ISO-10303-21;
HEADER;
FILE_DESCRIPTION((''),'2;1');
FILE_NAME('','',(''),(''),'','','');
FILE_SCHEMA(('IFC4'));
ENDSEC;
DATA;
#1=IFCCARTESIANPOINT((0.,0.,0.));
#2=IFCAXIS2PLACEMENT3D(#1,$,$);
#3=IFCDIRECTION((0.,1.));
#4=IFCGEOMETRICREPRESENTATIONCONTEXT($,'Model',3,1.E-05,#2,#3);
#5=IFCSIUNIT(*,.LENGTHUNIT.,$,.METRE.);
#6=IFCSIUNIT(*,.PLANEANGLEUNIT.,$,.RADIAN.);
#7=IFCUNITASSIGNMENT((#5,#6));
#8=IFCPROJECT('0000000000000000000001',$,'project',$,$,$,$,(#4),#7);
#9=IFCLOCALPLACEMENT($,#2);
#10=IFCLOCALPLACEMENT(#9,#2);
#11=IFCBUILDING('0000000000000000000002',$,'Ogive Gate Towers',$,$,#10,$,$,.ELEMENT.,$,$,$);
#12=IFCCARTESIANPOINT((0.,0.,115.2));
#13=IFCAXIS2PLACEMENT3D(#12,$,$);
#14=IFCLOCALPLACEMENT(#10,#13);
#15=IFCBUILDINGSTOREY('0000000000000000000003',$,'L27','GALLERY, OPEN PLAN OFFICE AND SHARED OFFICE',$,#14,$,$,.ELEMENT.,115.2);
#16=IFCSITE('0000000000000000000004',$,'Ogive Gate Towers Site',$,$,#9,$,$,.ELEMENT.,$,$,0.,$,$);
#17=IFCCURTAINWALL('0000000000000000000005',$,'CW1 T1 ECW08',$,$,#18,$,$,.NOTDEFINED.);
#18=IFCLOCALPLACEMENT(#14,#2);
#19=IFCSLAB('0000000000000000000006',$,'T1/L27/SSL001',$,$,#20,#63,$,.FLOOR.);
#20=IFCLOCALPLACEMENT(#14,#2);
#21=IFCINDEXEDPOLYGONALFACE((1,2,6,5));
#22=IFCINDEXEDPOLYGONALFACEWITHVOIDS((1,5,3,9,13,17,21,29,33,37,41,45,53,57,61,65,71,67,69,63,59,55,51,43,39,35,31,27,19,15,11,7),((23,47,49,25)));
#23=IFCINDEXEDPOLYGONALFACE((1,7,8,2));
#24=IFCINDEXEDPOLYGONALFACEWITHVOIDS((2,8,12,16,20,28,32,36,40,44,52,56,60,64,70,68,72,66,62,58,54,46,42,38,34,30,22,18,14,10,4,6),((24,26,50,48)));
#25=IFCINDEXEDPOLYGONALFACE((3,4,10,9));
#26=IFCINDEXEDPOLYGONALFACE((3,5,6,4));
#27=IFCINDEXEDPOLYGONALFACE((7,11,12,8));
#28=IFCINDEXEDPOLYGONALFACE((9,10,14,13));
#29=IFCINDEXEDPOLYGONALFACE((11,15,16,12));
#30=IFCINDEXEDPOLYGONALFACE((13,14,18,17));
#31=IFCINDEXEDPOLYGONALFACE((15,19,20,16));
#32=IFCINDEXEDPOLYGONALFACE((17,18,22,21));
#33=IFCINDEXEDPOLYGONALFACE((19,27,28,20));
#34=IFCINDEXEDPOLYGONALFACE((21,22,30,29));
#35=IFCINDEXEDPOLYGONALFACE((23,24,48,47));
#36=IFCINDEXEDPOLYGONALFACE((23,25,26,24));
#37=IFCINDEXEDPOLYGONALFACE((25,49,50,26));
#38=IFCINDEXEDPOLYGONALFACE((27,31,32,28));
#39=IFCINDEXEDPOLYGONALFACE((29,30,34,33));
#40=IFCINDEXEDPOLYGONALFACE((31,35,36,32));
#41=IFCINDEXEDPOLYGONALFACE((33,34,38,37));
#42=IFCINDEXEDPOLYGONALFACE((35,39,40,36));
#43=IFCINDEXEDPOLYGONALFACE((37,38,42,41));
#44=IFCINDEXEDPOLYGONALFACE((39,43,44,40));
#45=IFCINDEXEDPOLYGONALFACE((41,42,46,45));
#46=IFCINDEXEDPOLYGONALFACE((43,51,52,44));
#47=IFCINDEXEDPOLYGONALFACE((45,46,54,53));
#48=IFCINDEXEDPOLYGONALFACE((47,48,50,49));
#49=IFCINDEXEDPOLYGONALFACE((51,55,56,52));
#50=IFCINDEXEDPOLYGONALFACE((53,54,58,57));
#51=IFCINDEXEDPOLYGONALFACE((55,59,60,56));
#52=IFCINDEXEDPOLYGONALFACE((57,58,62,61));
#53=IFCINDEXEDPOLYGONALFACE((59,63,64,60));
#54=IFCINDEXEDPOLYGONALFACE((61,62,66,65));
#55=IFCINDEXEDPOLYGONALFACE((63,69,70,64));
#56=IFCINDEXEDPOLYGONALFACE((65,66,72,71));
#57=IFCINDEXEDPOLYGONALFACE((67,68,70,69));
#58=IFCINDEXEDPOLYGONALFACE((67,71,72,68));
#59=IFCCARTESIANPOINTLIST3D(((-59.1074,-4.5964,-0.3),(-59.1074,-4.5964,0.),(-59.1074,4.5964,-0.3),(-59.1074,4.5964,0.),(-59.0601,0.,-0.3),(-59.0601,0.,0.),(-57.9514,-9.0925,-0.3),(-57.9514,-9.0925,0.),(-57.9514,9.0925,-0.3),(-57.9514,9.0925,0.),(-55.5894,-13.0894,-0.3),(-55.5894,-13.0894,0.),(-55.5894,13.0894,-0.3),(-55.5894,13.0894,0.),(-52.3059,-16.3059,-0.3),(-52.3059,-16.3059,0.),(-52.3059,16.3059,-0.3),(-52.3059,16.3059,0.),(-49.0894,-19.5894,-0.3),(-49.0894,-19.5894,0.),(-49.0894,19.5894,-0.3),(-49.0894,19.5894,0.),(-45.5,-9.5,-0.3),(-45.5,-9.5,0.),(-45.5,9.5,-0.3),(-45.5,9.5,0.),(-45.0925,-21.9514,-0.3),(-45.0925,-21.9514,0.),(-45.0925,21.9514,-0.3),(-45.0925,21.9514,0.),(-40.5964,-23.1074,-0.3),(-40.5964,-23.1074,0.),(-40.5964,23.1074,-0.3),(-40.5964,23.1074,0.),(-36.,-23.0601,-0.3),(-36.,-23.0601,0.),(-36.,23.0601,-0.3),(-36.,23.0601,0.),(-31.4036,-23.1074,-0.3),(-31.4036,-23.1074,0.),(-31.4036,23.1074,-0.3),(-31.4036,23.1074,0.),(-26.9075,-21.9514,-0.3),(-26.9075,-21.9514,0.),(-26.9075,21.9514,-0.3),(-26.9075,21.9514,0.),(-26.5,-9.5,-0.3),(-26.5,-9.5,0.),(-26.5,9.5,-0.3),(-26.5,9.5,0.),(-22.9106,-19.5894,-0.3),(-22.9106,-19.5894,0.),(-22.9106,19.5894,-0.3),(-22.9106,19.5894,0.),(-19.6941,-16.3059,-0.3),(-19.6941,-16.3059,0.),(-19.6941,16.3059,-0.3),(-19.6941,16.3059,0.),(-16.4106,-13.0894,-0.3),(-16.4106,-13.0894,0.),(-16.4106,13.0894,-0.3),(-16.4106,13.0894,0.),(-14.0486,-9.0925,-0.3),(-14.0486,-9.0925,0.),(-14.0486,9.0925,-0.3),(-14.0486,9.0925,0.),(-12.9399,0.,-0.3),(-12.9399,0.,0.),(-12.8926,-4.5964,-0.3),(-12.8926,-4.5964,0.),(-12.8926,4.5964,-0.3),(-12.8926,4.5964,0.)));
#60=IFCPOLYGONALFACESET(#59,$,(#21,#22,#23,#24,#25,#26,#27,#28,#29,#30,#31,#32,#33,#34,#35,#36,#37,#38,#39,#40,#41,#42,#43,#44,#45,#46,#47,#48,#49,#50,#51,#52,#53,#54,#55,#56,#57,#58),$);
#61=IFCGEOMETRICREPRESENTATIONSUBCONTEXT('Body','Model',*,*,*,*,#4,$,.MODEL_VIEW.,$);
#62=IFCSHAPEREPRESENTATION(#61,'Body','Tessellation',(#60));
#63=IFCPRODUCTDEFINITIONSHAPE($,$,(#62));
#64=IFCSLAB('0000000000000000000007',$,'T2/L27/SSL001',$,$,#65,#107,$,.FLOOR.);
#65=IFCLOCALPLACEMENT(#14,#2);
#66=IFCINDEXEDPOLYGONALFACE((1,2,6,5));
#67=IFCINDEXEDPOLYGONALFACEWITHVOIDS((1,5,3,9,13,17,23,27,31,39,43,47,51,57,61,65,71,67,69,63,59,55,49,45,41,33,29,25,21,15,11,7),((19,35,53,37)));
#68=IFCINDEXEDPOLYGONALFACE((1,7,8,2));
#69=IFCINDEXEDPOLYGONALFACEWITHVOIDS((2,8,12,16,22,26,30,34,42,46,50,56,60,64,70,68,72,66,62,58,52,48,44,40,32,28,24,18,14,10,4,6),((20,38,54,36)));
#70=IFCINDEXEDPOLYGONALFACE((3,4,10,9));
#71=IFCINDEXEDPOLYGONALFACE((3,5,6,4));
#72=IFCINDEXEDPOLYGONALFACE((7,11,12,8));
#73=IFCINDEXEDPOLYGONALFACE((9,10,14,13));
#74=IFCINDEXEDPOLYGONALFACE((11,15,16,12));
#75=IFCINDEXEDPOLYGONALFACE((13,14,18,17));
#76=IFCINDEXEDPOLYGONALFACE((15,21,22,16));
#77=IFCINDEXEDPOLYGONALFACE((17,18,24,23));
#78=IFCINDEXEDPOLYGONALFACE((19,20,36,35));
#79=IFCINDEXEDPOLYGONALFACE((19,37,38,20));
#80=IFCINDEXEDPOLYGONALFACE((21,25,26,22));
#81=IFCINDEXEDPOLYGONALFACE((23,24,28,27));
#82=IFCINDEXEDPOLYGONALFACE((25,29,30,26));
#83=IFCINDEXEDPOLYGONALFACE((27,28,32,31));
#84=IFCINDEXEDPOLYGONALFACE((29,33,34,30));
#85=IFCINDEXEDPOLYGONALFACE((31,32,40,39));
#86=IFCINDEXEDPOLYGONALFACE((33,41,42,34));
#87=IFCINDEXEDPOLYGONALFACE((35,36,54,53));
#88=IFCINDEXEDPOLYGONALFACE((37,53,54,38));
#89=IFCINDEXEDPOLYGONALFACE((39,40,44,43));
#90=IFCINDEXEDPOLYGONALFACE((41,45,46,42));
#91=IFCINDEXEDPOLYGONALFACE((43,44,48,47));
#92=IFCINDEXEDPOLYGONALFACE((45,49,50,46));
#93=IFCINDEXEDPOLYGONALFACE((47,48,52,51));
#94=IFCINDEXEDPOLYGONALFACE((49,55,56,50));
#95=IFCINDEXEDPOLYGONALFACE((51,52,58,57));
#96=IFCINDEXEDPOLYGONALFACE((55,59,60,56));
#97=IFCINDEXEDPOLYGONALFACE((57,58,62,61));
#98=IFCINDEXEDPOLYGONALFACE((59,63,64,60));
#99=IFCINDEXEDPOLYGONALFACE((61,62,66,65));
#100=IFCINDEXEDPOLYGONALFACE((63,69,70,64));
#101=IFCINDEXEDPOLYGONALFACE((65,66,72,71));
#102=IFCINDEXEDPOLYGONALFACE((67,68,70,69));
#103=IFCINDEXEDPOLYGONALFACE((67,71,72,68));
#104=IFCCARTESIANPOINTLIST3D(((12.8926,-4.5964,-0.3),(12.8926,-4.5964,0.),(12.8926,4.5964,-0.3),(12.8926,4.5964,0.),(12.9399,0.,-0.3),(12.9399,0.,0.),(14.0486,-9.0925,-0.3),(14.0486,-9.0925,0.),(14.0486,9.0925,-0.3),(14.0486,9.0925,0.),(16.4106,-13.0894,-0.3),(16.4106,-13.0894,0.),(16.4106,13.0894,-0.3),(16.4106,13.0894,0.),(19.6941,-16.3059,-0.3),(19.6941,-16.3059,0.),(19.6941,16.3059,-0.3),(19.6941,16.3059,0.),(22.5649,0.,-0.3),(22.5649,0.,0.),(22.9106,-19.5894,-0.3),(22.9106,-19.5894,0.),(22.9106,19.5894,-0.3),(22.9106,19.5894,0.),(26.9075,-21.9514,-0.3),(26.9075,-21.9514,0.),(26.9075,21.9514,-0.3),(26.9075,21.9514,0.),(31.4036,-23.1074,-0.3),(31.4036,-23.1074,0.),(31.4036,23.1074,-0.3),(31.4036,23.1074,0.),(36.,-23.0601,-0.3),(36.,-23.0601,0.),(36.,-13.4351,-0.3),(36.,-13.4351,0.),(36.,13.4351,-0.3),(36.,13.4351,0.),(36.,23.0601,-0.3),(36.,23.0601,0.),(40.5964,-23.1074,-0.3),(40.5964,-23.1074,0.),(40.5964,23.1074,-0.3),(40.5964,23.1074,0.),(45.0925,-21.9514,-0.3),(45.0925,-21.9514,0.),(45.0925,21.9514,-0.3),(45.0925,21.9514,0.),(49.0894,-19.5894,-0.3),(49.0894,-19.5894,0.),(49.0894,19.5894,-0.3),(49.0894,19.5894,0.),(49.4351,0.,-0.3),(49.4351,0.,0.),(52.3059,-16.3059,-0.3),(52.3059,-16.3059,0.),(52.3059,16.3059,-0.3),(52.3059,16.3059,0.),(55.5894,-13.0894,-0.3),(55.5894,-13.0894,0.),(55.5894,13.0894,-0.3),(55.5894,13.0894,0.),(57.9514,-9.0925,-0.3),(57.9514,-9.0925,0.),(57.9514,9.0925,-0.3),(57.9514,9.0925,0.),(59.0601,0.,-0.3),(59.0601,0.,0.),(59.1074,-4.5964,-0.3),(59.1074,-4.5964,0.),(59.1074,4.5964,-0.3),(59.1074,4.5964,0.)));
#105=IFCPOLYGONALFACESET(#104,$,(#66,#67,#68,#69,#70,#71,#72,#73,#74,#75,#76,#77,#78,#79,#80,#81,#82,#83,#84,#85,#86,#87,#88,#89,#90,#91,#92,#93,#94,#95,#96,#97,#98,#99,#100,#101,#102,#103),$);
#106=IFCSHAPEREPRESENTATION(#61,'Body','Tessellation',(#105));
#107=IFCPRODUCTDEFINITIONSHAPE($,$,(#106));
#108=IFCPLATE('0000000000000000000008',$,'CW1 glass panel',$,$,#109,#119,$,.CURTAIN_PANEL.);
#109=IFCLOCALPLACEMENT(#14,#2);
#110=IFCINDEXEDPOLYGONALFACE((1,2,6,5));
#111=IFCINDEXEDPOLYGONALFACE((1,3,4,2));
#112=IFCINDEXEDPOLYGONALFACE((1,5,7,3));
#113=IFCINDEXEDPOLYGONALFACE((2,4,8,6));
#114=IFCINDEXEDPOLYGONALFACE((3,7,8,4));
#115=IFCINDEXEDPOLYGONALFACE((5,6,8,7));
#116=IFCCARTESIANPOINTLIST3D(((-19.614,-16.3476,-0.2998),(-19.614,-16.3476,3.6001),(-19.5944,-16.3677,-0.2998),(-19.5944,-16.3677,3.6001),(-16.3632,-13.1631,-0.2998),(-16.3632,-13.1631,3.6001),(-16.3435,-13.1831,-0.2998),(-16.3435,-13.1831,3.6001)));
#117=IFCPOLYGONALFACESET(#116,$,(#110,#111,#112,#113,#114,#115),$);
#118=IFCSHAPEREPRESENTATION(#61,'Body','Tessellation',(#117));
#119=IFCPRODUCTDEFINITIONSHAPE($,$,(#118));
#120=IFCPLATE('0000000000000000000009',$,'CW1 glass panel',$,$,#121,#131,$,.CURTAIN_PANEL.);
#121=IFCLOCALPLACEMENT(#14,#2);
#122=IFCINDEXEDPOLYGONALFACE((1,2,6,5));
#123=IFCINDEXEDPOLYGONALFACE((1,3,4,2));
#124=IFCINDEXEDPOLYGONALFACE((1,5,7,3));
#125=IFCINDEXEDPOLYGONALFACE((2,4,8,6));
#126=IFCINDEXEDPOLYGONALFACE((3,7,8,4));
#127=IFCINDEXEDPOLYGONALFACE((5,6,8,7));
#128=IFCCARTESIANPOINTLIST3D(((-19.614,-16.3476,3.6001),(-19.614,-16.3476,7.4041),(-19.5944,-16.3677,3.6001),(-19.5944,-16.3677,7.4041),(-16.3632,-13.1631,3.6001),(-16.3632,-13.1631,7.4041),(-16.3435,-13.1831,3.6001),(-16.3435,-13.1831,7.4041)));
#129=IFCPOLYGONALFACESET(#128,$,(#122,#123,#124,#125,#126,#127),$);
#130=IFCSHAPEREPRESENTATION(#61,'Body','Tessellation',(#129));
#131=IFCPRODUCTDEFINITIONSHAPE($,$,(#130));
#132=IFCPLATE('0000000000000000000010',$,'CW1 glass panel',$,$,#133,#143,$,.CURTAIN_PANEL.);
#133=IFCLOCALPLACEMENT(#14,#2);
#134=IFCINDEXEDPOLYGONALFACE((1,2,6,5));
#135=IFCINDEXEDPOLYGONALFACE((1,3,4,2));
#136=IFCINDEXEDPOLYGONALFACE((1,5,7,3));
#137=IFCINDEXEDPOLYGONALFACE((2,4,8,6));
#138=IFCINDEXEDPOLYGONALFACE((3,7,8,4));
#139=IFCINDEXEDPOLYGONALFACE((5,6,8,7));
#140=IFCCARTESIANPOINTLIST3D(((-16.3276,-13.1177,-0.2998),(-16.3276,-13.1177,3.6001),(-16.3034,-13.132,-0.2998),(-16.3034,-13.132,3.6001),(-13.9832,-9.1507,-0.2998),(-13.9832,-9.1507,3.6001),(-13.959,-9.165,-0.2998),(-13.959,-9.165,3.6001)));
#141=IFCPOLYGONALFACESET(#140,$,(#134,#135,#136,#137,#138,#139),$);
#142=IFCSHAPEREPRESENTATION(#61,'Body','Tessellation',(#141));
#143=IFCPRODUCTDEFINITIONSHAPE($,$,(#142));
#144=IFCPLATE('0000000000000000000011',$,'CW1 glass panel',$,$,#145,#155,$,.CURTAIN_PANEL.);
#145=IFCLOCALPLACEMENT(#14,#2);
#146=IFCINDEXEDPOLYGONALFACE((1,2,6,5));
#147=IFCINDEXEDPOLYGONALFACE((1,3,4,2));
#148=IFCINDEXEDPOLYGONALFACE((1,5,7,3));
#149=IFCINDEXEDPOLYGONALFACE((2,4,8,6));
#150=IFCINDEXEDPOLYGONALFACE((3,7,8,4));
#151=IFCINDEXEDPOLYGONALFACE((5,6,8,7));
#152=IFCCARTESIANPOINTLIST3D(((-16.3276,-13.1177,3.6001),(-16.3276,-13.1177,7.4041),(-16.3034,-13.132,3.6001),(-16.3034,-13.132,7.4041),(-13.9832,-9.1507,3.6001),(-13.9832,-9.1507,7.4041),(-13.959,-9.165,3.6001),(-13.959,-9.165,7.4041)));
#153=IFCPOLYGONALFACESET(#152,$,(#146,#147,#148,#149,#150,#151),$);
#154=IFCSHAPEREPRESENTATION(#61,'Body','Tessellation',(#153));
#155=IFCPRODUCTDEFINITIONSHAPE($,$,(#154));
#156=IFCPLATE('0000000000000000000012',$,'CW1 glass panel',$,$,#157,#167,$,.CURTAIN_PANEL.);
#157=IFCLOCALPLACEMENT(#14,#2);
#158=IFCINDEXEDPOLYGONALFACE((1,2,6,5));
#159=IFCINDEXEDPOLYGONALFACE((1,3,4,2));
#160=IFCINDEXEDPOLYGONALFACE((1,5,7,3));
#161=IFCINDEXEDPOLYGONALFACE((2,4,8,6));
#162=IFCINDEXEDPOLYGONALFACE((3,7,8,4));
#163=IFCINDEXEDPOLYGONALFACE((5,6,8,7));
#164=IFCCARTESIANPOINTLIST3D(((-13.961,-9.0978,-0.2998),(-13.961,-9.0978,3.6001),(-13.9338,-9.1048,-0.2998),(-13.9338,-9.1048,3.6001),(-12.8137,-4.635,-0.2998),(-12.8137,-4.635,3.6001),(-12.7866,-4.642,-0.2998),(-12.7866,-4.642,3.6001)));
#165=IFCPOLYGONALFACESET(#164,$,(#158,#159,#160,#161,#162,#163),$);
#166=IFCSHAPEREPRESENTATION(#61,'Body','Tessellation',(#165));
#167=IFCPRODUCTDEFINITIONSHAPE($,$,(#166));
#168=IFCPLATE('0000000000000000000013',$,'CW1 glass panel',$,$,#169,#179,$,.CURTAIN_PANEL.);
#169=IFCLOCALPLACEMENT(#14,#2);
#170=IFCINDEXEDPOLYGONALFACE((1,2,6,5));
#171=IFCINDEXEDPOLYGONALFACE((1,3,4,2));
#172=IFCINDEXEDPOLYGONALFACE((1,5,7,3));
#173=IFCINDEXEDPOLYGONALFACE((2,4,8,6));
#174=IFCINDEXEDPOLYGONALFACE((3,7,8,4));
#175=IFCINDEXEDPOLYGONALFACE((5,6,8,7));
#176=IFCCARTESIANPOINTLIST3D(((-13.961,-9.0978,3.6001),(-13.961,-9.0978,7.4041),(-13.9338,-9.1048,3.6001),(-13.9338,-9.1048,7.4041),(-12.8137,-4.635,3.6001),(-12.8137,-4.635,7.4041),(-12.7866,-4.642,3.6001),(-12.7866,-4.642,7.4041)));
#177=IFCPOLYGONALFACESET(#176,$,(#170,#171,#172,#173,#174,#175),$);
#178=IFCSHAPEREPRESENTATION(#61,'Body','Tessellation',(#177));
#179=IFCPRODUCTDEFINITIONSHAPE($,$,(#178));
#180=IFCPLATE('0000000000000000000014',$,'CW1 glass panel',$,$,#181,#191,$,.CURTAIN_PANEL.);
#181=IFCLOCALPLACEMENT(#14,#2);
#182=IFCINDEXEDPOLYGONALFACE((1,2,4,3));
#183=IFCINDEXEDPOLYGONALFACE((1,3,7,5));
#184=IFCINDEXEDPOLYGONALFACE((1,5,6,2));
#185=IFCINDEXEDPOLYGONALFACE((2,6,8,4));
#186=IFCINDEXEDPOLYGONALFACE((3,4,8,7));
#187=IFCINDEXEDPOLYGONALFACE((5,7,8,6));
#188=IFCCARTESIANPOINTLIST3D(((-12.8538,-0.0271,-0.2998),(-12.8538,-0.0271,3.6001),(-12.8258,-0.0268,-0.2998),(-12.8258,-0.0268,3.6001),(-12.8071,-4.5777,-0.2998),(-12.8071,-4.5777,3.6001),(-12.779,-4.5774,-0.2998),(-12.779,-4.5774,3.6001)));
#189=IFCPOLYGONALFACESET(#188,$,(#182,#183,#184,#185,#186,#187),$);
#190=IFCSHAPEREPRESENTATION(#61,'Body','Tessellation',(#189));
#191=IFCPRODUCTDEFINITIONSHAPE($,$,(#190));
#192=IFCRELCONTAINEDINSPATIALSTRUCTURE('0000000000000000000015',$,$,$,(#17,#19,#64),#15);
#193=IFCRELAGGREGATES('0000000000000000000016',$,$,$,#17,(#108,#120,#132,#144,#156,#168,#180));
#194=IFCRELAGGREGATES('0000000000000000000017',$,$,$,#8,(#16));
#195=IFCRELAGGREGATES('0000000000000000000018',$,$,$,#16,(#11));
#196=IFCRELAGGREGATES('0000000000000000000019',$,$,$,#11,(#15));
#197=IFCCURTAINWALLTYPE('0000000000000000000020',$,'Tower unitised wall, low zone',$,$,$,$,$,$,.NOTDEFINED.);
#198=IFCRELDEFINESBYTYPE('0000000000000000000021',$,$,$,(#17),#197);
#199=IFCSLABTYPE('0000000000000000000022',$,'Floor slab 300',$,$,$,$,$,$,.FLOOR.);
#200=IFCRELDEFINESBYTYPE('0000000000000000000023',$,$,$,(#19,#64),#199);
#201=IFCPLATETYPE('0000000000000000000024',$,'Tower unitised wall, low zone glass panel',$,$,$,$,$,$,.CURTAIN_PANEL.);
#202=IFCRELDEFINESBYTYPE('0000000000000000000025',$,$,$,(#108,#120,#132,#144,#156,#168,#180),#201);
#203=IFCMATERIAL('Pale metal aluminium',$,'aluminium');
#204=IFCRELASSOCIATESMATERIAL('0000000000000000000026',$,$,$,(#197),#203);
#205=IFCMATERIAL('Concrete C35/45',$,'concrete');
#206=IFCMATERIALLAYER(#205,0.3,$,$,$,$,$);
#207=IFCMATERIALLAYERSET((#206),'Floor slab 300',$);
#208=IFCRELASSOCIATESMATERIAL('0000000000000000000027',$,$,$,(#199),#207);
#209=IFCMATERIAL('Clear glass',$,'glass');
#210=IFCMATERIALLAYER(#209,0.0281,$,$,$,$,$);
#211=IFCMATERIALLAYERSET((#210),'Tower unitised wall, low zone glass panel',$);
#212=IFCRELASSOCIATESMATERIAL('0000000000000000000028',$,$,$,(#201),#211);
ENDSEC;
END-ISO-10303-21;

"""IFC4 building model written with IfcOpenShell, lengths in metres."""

from ifc_helpers import new_model, si_unit, direction, frame, origin, origin_2d, place, context, subcontext, project, spatial, polyline, rectangle, outline, extrude, material, layer, layer_set, type_object, element, aggregate, save


model = new_model("IFC4")

# Units and contexts
model_context = context("Model", 3, precision=1e-05, world=origin(), true_north=direction((0.0, 1.0)))
body_context = subcontext(model_context, "Body", "Model", "MODEL_VIEW")
ifc_project = project(units=[si_unit("LENGTHUNIT", "METRE"), si_unit("PLANEANGLEUNIT", "RADIAN")], contexts=[model_context])

# Site, building, storey
site_placement = place(None, origin())
site = spatial("IfcSite", under=ifc_project, at=site_placement, Name="Ogive Gate Towers Site", CompositionType="ELEMENT", RefElevation=0.0)
building_placement = place(site_placement, origin())
building = spatial("IfcBuilding", under=site, at=building_placement, Name="Ogive Gate Towers", CompositionType="ELEMENT")
storey_placement = place(building_placement, frame((0.0, 0.0, 115.2)))
storey = spatial("IfcBuildingStorey", under=building, at=storey_placement, Name="L27", Description="GALLERY, OPEN PLAN OFFICE AND SHARED OFFICE", CompositionType="ELEMENT", Elevation=115.2)

# Curtain wall
ifc_material_1 = material(Name="Pale metal aluminium", Category="aluminium")
curtain_wall_type = type_object("IfcCurtainWallType", Name="Tower unitised wall, low zone", PredefinedType="NOTDEFINED", material=ifc_material_1)
curtain_wall_1_placement = place(storey_placement, origin())
curtain_wall_1 = element("IfcCurtainWall", 1, at=curtain_wall_1_placement, inside=storey, type_object=curtain_wall_type, Name="CW1 T1 ECW08", PredefinedType="NOTDEFINED")

# Slabs
ifc_material_2 = material(Name="Concrete C35/45", Category="concrete")
ifc_layer_1 = layer(ifc_material_2, 0.3)
ifc_layer_set_1 = layer_set([ifc_layer_1], Name="Floor slab 300")
slab_type_1 = type_object("IfcSlabType", Name="Floor slab 300", PredefinedType="FLOOR", material=ifc_layer_set_1)
slab_1_placement = place(storey_placement, frame((0.0, 0.0, -0.3)))
element("IfcSlab", 2, at=slab_1_placement, inside=storey, type_object=slab_type_1, Name="T1/L27/SSL001", PredefinedType="FLOOR", context=body_context, shape_type="SweptSolid", body=[
    extrude(outline(polyline([(-12.8926, -4.5964), (-12.9399, 0.0), (-12.8926, 4.5964), (-14.0486, 9.0925), (-16.4106, 13.0894), (-19.6941, 16.3059), (-22.9106, 19.5894), (-26.9075, 21.9514), (-31.4036, 23.1074), (-36.0, 23.0601), (-40.5964, 23.1074), (-45.0925, 21.9514), (-49.0894, 19.5894), (-52.3059, 16.3059), (-55.5894, 13.0894), (-57.9514, 9.0925), (-59.1074, 4.5964), (-59.0601, 0.0), (-59.1074, -4.5964), (-57.9514, -9.0925), (-55.5894, -13.0894), (-52.3059, -16.3059), (-49.0894, -19.5894), (-45.0925, -21.9514), (-40.5964, -23.1074), (-36.0, -23.0601), (-31.4036, -23.1074), (-26.9075, -21.9514), (-22.9106, -19.5894), (-19.6941, -16.3059), (-16.4106, -13.0894), (-14.0486, -9.0925), (-12.8926, -4.5964)]), holes=[polyline([(-26.5, -9.5), (-45.5, -9.5), (-45.5, 9.5), (-26.5, 9.5), (-26.5, -9.5)])]), origin(), (0.0, 0.0, 1.0), 0.3),
])
slab_2_placement = place(storey_placement, frame((0.0, 0.0, -0.3)))
element("IfcSlab", 3, at=slab_2_placement, inside=storey, type_object=slab_type_1, Name="T2/L27/SSL001", PredefinedType="FLOOR", context=body_context, shape_type="SweptSolid", body=[
    extrude(outline(polyline([(59.1074, -4.5964), (59.0601, 0.0), (59.1074, 4.5964), (57.9514, 9.0925), (55.5894, 13.0894), (52.3059, 16.3059), (49.0894, 19.5894), (45.0925, 21.9514), (40.5964, 23.1074), (36.0, 23.0601), (31.4036, 23.1074), (26.9075, 21.9514), (22.9106, 19.5894), (19.6941, 16.3059), (16.4106, 13.0894), (14.0486, 9.0925), (12.8926, 4.5964), (12.9399, 0.0), (12.8926, -4.5964), (14.0486, -9.0925), (16.4106, -13.0894), (19.6941, -16.3059), (22.9106, -19.5894), (26.9075, -21.9514), (31.4036, -23.1074), (36.0, -23.0601), (40.5964, -23.1074), (45.0925, -21.9514), (49.0894, -19.5894), (52.3059, -16.3059), (55.5894, -13.0894), (57.9514, -9.0925), (59.1074, -4.5964)]), holes=[polyline([(49.4351, 0.0), (36.0, -13.4351), (22.5649, 0.0), (36.0, 13.4351), (49.4351, 0.0)])]), origin(), (0.0, 0.0, 1.0), 0.3),
])

# Plates
ifc_material_3 = material(Name="Clear glass", Category="glass")
ifc_layer_2 = layer(ifc_material_3, 0.0281)
ifc_layer_set_2 = layer_set([ifc_layer_2], Name="Tower unitised wall, low zone glass panel")
plate_type = type_object("IfcPlateType", Name="Tower unitised wall, low zone glass panel", PredefinedType="CURTAIN_PANEL", material=ifc_layer_set_2)
plate_1_placement = place(storey_placement, frame((-17.9788, -14.7654, -0.2998), z_axis=(0.0, 0.0, 1.0), x_axis=(0.714351, 0.699788, 0.0)))
plate_1 = element("IfcPlate", 4, at=plate_1_placement, type_object=plate_type, Name="CW1 glass panel", PredefinedType="CURTAIN_PANEL", context=body_context, shape_type="SweptSolid", body=[
    extrude(rectangle(XDim=4.5508, YDim=0.0281, at=origin_2d()), origin(), (0.0, 0.0, 1.0), 3.8999),
])
plate_2_placement = place(storey_placement, frame((-17.9788, -14.7654, 3.6001), z_axis=(0.0, 0.0, 1.0), x_axis=(0.714351, 0.699788, 0.0)))
plate_2 = element("IfcPlate", 5, at=plate_2_placement, type_object=plate_type, Name="CW1 glass panel", PredefinedType="CURTAIN_PANEL", context=body_context, shape_type="SweptSolid", body=[
    extrude(rectangle(XDim=4.5508, YDim=0.0281, at=origin_2d()), origin(), (0.0, 0.0, 1.0), 3.804),
])
plate_3_placement = place(storey_placement, frame((-15.1433, -11.1414, -0.2998), z_axis=(0.0, 0.0, 1.0), x_axis=(0.508771, 0.860902, 0.0)))
plate_3 = element("IfcPlate", 6, at=plate_3_placement, type_object=plate_type, Name="CW1 glass panel", PredefinedType="CURTAIN_PANEL", context=body_context, shape_type="SweptSolid", body=[
    extrude(rectangle(XDim=4.6079, YDim=0.0281, at=origin_2d()), origin(), (0.0, 0.0, 1.0), 3.8999),
])
plate_4_placement = place(storey_placement, frame((-15.1433, -11.1414, 3.6001), z_axis=(0.0, 0.0, 1.0), x_axis=(0.508771, 0.860902, 0.0)))
plate_4 = element("IfcPlate", 7, at=plate_4_placement, type_object=plate_type, Name="CW1 glass panel", PredefinedType="CURTAIN_PANEL", context=body_context, shape_type="SweptSolid", body=[
    extrude(rectangle(XDim=4.6079, YDim=0.0281, at=origin_2d()), origin(), (0.0, 0.0, 1.0), 3.804),
])
plate_5_placement = place(storey_placement, frame((-13.3738, -6.8699, -0.2998), z_axis=(0.0, 0.0, 1.0), x_axis=(0.248977, 0.968509, 0.0)))
plate_5 = element("IfcPlate", 8, at=plate_5_placement, type_object=plate_type, Name="CW1 glass panel", PredefinedType="CURTAIN_PANEL", context=body_context, shape_type="SweptSolid", body=[
    extrude(rectangle(XDim=4.6079, YDim=0.0281, at=origin_2d()), origin(), (0.0, 0.0, 1.0), 3.8999),
])
plate_6_placement = place(storey_placement, frame((-13.3738, -6.8699, 3.6001), z_axis=(0.0, 0.0, 1.0), x_axis=(0.248977, 0.968509, 0.0)))
plate_6 = element("IfcPlate", 9, at=plate_6_placement, type_object=plate_type, Name="CW1 glass panel", PredefinedType="CURTAIN_PANEL", context=body_context, shape_type="SweptSolid", body=[
    extrude(rectangle(XDim=4.6079, YDim=0.0281, at=origin_2d()), origin(), (0.0, 0.0, 1.0), 3.804),
])
plate_7_placement = place(storey_placement, frame((-12.8164, -2.3022, -0.2998), z_axis=(0.0, 0.0, 1.0), x_axis=(-0.01028, 0.999947, 0.0)))
plate_7 = element("IfcPlate", 10, at=plate_7_placement, type_object=plate_type, Name="CW1 glass panel", PredefinedType="CURTAIN_PANEL", context=body_context, shape_type="SweptSolid", body=[
    extrude(rectangle(XDim=4.5508, YDim=0.0281, at=origin_2d()), origin(), (0.0, 0.0, 1.0), 3.8999),
])
aggregate(curtain_wall_1, [plate_1, plate_2, plate_3, plate_4, plate_5, plate_6, plate_7])

save(model, "model.ifc")
